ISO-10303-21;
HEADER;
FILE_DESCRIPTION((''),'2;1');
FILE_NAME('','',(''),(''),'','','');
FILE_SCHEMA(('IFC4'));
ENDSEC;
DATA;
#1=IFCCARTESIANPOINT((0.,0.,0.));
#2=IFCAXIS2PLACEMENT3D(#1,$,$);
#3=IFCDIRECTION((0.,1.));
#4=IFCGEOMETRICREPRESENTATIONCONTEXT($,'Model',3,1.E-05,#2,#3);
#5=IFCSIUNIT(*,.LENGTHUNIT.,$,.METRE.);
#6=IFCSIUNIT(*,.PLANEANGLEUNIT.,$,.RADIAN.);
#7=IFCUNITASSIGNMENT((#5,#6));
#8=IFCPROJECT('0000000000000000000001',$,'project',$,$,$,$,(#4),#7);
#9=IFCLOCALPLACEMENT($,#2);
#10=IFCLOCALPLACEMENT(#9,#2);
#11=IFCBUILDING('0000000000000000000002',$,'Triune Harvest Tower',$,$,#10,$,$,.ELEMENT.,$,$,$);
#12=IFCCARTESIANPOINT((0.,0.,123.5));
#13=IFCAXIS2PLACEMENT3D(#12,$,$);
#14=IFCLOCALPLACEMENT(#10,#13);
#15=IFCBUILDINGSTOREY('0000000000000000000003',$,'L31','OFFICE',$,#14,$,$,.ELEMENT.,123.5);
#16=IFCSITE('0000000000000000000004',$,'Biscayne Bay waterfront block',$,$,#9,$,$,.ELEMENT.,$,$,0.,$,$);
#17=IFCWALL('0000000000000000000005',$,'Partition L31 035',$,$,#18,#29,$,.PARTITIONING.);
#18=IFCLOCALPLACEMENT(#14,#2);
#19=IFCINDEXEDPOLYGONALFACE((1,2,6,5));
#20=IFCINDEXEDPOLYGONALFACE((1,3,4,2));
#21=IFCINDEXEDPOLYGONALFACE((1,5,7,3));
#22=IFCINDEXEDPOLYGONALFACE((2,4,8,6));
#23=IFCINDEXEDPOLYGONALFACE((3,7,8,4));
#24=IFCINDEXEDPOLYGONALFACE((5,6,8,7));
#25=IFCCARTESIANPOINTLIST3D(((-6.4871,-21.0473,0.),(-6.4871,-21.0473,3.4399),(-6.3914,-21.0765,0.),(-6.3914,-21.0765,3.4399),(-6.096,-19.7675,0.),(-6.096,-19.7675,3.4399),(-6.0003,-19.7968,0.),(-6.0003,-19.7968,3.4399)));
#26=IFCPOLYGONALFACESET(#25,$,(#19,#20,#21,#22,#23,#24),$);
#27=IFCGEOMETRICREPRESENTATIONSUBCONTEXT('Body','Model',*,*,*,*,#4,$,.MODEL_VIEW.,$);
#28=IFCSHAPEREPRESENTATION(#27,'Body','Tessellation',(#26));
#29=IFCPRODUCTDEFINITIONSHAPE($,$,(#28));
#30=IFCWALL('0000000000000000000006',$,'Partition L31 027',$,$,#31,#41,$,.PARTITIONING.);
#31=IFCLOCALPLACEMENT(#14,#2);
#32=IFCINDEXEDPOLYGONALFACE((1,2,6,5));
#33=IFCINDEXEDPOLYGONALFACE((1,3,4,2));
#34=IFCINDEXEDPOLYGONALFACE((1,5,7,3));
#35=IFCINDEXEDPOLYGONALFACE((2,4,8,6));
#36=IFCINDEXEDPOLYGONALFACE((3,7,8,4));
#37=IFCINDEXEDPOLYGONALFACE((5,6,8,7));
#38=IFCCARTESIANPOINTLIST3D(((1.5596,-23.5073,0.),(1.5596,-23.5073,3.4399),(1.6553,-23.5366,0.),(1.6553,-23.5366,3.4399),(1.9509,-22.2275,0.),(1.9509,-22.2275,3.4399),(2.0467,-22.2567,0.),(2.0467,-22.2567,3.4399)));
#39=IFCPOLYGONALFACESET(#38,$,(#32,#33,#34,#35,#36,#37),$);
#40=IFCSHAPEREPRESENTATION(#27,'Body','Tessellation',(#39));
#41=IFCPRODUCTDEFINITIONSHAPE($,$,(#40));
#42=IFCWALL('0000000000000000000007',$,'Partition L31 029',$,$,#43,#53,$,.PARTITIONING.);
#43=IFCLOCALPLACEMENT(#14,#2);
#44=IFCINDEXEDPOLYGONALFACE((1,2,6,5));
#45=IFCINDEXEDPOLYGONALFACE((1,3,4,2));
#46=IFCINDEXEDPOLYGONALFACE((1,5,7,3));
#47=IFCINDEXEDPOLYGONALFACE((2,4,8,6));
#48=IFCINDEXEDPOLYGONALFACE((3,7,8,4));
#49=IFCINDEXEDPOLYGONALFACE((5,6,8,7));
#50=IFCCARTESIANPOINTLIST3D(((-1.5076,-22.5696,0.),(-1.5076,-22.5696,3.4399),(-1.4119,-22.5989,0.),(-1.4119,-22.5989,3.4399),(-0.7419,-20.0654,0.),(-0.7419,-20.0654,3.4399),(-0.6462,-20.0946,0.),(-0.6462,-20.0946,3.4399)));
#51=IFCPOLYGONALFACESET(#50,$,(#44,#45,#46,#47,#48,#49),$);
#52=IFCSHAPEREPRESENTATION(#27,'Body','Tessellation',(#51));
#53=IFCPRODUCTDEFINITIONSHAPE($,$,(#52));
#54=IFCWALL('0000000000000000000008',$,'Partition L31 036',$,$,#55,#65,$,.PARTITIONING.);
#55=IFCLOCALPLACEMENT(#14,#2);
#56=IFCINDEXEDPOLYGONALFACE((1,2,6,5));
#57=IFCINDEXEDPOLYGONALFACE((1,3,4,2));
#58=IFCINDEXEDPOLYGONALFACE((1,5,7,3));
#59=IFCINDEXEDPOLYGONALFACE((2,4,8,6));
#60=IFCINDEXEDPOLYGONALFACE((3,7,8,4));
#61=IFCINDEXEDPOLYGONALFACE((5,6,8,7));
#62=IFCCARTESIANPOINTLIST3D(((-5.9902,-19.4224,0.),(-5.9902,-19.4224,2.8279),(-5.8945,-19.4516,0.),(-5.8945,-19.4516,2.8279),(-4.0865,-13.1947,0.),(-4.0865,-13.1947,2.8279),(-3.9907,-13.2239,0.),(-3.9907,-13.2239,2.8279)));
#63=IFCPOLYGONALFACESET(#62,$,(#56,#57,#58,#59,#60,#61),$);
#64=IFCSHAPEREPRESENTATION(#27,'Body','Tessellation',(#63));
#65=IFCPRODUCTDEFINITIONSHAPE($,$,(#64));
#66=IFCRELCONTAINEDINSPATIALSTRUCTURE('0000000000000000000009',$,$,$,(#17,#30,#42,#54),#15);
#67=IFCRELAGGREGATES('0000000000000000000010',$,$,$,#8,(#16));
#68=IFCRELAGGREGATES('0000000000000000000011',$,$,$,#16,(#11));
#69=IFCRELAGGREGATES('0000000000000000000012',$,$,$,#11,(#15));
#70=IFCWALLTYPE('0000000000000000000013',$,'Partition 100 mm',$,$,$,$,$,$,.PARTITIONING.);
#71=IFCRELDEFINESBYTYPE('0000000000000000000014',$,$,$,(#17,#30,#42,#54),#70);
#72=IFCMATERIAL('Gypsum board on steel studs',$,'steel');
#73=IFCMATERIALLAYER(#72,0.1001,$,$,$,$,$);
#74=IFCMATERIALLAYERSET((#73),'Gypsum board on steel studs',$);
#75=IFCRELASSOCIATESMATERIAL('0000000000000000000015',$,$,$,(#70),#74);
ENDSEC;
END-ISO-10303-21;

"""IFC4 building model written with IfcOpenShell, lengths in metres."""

from ifc_helpers import new_model, si_unit, direction, frame, frame_2d, origin, place, context, subcontext, project, spatial, rectangle, extrude, source, transform, mapped, material, layer, layer_set, type_object, element, save


model = new_model("IFC4")

# Units and contexts
model_context = context("Model", 3, precision=1e-05, world=origin(), true_north=direction((0.0, 1.0)))
body_context = subcontext(model_context, "Body", "Model", "MODEL_VIEW")
ifc_project = project(units=[si_unit("LENGTHUNIT", "METRE"), si_unit("PLANEANGLEUNIT", "RADIAN")], contexts=[model_context])

# Site, building, storey
site_placement = place(None, origin())
site = spatial("IfcSite", under=ifc_project, at=site_placement, Name="Biscayne Bay waterfront block", CompositionType="ELEMENT", RefElevation=0.0)
building_placement = place(site_placement, origin())
building = spatial("IfcBuilding", under=site, at=building_placement, Name="Triune Harvest Tower", CompositionType="ELEMENT")
storey_placement = place(building_placement, frame((0.0, 0.0, 123.5)))
storey = spatial("IfcBuildingStorey", under=building, at=storey_placement, Name="L31", Description="OFFICE", CompositionType="ELEMENT", Elevation=123.5)

# Walls
ifc_material_1 = material(Name="Gypsum board on steel studs", Category="steel")
ifc_layer_1 = layer(ifc_material_1, 0.1001)
ifc_layer_set_1 = layer_set([ifc_layer_1], Name="Gypsum board on steel studs")
wall_type_1 = type_object("IfcWallType", Name="Partition 100 mm", PredefinedType="PARTITIONING", material=ifc_layer_set_1)
shared_shape_1 = source(origin(), body_context, "Body", "SweptSolid", [
    extrude(rectangle(XDim=1.3381, YDim=0.1001, at=frame_2d((0.6689, 0.0))), origin(), (0.0, 0.0, 1.0), 3.4399),
])
wall_1_placement = place(storey_placement, frame((-6.4392, -21.0618, 0.0), z_axis=(0.0, 0.0, 1.0), x_axis=(0.292265, 0.956337, 0.0)))
element("IfcWall", 1, at=wall_1_placement, inside=storey, type_object=wall_type_1, Name="Partition L31 035", PredefinedType="PARTITIONING", context=body_context, shape_type="MappedRepresentation", body=[
    mapped(shared_shape_1, transform((0.0, 0.0, 0.0), scale=1.0)),
])
shared_shape_2 = source(origin(), body_context, "Body", "SweptSolid", [
    extrude(rectangle(XDim=1.3384, YDim=0.1001, at=frame_2d((0.6692, 0.0))), origin(), (0.0, 0.0, 1.0), 3.4399),
])
wall_2_placement = place(storey_placement, frame((1.6074, -23.522, 0.0), z_axis=(0.0, 0.0, 1.0), x_axis=(0.292432, 0.956286, 0.0)))
element("IfcWall", 2, at=wall_2_placement, inside=storey, type_object=wall_type_1, Name="Partition L31 027", PredefinedType="PARTITIONING", context=body_context, shape_type="MappedRepresentation", body=[
    mapped(shared_shape_2, transform((0.0, 0.0, 0.0), scale=1.0)),
])
shared_shape_3 = source(origin(), body_context, "Body", "SweptSolid", [
    extrude(rectangle(XDim=2.6187, YDim=0.1001, at=frame_2d((1.3093, 0.0))), origin(), (0.0, 0.0, 1.0), 3.4399),
])
wall_3_placement = place(storey_placement, frame((-1.4597, -22.5842, 0.0), z_axis=(0.0, 0.0, 1.0), x_axis=(0.292382, 0.956302, 0.0)))
element("IfcWall", 3, at=wall_3_placement, inside=storey, type_object=wall_type_1, Name="Partition L31 029", PredefinedType="PARTITIONING", context=body_context, shape_type="MappedRepresentation", body=[
    mapped(shared_shape_3, transform((0.0, 0.0, 0.0), scale=1.0)),
])
shared_shape_4 = source(origin(), body_context, "Body", "SweptSolid", [
    extrude(rectangle(XDim=6.5122, YDim=0.1001, at=frame_2d((3.2561, 0.0))), origin(), (0.0, 0.0, 1.0), 2.8279),
])
wall_4_placement = place(storey_placement, frame((-5.9424, -19.437, 0.0), z_axis=(0.0, 0.0, 1.0), x_axis=(0.292341, 0.956314, 0.0)))
element("IfcWall", 4, at=wall_4_placement, inside=storey, type_object=wall_type_1, Name="Partition L31 036", PredefinedType="PARTITIONING", context=body_context, shape_type="MappedRepresentation", body=[
    mapped(shared_shape_4, transform((0.0, 0.0, 0.0), scale=1.0)),
])

save(model, "model.ifc")
